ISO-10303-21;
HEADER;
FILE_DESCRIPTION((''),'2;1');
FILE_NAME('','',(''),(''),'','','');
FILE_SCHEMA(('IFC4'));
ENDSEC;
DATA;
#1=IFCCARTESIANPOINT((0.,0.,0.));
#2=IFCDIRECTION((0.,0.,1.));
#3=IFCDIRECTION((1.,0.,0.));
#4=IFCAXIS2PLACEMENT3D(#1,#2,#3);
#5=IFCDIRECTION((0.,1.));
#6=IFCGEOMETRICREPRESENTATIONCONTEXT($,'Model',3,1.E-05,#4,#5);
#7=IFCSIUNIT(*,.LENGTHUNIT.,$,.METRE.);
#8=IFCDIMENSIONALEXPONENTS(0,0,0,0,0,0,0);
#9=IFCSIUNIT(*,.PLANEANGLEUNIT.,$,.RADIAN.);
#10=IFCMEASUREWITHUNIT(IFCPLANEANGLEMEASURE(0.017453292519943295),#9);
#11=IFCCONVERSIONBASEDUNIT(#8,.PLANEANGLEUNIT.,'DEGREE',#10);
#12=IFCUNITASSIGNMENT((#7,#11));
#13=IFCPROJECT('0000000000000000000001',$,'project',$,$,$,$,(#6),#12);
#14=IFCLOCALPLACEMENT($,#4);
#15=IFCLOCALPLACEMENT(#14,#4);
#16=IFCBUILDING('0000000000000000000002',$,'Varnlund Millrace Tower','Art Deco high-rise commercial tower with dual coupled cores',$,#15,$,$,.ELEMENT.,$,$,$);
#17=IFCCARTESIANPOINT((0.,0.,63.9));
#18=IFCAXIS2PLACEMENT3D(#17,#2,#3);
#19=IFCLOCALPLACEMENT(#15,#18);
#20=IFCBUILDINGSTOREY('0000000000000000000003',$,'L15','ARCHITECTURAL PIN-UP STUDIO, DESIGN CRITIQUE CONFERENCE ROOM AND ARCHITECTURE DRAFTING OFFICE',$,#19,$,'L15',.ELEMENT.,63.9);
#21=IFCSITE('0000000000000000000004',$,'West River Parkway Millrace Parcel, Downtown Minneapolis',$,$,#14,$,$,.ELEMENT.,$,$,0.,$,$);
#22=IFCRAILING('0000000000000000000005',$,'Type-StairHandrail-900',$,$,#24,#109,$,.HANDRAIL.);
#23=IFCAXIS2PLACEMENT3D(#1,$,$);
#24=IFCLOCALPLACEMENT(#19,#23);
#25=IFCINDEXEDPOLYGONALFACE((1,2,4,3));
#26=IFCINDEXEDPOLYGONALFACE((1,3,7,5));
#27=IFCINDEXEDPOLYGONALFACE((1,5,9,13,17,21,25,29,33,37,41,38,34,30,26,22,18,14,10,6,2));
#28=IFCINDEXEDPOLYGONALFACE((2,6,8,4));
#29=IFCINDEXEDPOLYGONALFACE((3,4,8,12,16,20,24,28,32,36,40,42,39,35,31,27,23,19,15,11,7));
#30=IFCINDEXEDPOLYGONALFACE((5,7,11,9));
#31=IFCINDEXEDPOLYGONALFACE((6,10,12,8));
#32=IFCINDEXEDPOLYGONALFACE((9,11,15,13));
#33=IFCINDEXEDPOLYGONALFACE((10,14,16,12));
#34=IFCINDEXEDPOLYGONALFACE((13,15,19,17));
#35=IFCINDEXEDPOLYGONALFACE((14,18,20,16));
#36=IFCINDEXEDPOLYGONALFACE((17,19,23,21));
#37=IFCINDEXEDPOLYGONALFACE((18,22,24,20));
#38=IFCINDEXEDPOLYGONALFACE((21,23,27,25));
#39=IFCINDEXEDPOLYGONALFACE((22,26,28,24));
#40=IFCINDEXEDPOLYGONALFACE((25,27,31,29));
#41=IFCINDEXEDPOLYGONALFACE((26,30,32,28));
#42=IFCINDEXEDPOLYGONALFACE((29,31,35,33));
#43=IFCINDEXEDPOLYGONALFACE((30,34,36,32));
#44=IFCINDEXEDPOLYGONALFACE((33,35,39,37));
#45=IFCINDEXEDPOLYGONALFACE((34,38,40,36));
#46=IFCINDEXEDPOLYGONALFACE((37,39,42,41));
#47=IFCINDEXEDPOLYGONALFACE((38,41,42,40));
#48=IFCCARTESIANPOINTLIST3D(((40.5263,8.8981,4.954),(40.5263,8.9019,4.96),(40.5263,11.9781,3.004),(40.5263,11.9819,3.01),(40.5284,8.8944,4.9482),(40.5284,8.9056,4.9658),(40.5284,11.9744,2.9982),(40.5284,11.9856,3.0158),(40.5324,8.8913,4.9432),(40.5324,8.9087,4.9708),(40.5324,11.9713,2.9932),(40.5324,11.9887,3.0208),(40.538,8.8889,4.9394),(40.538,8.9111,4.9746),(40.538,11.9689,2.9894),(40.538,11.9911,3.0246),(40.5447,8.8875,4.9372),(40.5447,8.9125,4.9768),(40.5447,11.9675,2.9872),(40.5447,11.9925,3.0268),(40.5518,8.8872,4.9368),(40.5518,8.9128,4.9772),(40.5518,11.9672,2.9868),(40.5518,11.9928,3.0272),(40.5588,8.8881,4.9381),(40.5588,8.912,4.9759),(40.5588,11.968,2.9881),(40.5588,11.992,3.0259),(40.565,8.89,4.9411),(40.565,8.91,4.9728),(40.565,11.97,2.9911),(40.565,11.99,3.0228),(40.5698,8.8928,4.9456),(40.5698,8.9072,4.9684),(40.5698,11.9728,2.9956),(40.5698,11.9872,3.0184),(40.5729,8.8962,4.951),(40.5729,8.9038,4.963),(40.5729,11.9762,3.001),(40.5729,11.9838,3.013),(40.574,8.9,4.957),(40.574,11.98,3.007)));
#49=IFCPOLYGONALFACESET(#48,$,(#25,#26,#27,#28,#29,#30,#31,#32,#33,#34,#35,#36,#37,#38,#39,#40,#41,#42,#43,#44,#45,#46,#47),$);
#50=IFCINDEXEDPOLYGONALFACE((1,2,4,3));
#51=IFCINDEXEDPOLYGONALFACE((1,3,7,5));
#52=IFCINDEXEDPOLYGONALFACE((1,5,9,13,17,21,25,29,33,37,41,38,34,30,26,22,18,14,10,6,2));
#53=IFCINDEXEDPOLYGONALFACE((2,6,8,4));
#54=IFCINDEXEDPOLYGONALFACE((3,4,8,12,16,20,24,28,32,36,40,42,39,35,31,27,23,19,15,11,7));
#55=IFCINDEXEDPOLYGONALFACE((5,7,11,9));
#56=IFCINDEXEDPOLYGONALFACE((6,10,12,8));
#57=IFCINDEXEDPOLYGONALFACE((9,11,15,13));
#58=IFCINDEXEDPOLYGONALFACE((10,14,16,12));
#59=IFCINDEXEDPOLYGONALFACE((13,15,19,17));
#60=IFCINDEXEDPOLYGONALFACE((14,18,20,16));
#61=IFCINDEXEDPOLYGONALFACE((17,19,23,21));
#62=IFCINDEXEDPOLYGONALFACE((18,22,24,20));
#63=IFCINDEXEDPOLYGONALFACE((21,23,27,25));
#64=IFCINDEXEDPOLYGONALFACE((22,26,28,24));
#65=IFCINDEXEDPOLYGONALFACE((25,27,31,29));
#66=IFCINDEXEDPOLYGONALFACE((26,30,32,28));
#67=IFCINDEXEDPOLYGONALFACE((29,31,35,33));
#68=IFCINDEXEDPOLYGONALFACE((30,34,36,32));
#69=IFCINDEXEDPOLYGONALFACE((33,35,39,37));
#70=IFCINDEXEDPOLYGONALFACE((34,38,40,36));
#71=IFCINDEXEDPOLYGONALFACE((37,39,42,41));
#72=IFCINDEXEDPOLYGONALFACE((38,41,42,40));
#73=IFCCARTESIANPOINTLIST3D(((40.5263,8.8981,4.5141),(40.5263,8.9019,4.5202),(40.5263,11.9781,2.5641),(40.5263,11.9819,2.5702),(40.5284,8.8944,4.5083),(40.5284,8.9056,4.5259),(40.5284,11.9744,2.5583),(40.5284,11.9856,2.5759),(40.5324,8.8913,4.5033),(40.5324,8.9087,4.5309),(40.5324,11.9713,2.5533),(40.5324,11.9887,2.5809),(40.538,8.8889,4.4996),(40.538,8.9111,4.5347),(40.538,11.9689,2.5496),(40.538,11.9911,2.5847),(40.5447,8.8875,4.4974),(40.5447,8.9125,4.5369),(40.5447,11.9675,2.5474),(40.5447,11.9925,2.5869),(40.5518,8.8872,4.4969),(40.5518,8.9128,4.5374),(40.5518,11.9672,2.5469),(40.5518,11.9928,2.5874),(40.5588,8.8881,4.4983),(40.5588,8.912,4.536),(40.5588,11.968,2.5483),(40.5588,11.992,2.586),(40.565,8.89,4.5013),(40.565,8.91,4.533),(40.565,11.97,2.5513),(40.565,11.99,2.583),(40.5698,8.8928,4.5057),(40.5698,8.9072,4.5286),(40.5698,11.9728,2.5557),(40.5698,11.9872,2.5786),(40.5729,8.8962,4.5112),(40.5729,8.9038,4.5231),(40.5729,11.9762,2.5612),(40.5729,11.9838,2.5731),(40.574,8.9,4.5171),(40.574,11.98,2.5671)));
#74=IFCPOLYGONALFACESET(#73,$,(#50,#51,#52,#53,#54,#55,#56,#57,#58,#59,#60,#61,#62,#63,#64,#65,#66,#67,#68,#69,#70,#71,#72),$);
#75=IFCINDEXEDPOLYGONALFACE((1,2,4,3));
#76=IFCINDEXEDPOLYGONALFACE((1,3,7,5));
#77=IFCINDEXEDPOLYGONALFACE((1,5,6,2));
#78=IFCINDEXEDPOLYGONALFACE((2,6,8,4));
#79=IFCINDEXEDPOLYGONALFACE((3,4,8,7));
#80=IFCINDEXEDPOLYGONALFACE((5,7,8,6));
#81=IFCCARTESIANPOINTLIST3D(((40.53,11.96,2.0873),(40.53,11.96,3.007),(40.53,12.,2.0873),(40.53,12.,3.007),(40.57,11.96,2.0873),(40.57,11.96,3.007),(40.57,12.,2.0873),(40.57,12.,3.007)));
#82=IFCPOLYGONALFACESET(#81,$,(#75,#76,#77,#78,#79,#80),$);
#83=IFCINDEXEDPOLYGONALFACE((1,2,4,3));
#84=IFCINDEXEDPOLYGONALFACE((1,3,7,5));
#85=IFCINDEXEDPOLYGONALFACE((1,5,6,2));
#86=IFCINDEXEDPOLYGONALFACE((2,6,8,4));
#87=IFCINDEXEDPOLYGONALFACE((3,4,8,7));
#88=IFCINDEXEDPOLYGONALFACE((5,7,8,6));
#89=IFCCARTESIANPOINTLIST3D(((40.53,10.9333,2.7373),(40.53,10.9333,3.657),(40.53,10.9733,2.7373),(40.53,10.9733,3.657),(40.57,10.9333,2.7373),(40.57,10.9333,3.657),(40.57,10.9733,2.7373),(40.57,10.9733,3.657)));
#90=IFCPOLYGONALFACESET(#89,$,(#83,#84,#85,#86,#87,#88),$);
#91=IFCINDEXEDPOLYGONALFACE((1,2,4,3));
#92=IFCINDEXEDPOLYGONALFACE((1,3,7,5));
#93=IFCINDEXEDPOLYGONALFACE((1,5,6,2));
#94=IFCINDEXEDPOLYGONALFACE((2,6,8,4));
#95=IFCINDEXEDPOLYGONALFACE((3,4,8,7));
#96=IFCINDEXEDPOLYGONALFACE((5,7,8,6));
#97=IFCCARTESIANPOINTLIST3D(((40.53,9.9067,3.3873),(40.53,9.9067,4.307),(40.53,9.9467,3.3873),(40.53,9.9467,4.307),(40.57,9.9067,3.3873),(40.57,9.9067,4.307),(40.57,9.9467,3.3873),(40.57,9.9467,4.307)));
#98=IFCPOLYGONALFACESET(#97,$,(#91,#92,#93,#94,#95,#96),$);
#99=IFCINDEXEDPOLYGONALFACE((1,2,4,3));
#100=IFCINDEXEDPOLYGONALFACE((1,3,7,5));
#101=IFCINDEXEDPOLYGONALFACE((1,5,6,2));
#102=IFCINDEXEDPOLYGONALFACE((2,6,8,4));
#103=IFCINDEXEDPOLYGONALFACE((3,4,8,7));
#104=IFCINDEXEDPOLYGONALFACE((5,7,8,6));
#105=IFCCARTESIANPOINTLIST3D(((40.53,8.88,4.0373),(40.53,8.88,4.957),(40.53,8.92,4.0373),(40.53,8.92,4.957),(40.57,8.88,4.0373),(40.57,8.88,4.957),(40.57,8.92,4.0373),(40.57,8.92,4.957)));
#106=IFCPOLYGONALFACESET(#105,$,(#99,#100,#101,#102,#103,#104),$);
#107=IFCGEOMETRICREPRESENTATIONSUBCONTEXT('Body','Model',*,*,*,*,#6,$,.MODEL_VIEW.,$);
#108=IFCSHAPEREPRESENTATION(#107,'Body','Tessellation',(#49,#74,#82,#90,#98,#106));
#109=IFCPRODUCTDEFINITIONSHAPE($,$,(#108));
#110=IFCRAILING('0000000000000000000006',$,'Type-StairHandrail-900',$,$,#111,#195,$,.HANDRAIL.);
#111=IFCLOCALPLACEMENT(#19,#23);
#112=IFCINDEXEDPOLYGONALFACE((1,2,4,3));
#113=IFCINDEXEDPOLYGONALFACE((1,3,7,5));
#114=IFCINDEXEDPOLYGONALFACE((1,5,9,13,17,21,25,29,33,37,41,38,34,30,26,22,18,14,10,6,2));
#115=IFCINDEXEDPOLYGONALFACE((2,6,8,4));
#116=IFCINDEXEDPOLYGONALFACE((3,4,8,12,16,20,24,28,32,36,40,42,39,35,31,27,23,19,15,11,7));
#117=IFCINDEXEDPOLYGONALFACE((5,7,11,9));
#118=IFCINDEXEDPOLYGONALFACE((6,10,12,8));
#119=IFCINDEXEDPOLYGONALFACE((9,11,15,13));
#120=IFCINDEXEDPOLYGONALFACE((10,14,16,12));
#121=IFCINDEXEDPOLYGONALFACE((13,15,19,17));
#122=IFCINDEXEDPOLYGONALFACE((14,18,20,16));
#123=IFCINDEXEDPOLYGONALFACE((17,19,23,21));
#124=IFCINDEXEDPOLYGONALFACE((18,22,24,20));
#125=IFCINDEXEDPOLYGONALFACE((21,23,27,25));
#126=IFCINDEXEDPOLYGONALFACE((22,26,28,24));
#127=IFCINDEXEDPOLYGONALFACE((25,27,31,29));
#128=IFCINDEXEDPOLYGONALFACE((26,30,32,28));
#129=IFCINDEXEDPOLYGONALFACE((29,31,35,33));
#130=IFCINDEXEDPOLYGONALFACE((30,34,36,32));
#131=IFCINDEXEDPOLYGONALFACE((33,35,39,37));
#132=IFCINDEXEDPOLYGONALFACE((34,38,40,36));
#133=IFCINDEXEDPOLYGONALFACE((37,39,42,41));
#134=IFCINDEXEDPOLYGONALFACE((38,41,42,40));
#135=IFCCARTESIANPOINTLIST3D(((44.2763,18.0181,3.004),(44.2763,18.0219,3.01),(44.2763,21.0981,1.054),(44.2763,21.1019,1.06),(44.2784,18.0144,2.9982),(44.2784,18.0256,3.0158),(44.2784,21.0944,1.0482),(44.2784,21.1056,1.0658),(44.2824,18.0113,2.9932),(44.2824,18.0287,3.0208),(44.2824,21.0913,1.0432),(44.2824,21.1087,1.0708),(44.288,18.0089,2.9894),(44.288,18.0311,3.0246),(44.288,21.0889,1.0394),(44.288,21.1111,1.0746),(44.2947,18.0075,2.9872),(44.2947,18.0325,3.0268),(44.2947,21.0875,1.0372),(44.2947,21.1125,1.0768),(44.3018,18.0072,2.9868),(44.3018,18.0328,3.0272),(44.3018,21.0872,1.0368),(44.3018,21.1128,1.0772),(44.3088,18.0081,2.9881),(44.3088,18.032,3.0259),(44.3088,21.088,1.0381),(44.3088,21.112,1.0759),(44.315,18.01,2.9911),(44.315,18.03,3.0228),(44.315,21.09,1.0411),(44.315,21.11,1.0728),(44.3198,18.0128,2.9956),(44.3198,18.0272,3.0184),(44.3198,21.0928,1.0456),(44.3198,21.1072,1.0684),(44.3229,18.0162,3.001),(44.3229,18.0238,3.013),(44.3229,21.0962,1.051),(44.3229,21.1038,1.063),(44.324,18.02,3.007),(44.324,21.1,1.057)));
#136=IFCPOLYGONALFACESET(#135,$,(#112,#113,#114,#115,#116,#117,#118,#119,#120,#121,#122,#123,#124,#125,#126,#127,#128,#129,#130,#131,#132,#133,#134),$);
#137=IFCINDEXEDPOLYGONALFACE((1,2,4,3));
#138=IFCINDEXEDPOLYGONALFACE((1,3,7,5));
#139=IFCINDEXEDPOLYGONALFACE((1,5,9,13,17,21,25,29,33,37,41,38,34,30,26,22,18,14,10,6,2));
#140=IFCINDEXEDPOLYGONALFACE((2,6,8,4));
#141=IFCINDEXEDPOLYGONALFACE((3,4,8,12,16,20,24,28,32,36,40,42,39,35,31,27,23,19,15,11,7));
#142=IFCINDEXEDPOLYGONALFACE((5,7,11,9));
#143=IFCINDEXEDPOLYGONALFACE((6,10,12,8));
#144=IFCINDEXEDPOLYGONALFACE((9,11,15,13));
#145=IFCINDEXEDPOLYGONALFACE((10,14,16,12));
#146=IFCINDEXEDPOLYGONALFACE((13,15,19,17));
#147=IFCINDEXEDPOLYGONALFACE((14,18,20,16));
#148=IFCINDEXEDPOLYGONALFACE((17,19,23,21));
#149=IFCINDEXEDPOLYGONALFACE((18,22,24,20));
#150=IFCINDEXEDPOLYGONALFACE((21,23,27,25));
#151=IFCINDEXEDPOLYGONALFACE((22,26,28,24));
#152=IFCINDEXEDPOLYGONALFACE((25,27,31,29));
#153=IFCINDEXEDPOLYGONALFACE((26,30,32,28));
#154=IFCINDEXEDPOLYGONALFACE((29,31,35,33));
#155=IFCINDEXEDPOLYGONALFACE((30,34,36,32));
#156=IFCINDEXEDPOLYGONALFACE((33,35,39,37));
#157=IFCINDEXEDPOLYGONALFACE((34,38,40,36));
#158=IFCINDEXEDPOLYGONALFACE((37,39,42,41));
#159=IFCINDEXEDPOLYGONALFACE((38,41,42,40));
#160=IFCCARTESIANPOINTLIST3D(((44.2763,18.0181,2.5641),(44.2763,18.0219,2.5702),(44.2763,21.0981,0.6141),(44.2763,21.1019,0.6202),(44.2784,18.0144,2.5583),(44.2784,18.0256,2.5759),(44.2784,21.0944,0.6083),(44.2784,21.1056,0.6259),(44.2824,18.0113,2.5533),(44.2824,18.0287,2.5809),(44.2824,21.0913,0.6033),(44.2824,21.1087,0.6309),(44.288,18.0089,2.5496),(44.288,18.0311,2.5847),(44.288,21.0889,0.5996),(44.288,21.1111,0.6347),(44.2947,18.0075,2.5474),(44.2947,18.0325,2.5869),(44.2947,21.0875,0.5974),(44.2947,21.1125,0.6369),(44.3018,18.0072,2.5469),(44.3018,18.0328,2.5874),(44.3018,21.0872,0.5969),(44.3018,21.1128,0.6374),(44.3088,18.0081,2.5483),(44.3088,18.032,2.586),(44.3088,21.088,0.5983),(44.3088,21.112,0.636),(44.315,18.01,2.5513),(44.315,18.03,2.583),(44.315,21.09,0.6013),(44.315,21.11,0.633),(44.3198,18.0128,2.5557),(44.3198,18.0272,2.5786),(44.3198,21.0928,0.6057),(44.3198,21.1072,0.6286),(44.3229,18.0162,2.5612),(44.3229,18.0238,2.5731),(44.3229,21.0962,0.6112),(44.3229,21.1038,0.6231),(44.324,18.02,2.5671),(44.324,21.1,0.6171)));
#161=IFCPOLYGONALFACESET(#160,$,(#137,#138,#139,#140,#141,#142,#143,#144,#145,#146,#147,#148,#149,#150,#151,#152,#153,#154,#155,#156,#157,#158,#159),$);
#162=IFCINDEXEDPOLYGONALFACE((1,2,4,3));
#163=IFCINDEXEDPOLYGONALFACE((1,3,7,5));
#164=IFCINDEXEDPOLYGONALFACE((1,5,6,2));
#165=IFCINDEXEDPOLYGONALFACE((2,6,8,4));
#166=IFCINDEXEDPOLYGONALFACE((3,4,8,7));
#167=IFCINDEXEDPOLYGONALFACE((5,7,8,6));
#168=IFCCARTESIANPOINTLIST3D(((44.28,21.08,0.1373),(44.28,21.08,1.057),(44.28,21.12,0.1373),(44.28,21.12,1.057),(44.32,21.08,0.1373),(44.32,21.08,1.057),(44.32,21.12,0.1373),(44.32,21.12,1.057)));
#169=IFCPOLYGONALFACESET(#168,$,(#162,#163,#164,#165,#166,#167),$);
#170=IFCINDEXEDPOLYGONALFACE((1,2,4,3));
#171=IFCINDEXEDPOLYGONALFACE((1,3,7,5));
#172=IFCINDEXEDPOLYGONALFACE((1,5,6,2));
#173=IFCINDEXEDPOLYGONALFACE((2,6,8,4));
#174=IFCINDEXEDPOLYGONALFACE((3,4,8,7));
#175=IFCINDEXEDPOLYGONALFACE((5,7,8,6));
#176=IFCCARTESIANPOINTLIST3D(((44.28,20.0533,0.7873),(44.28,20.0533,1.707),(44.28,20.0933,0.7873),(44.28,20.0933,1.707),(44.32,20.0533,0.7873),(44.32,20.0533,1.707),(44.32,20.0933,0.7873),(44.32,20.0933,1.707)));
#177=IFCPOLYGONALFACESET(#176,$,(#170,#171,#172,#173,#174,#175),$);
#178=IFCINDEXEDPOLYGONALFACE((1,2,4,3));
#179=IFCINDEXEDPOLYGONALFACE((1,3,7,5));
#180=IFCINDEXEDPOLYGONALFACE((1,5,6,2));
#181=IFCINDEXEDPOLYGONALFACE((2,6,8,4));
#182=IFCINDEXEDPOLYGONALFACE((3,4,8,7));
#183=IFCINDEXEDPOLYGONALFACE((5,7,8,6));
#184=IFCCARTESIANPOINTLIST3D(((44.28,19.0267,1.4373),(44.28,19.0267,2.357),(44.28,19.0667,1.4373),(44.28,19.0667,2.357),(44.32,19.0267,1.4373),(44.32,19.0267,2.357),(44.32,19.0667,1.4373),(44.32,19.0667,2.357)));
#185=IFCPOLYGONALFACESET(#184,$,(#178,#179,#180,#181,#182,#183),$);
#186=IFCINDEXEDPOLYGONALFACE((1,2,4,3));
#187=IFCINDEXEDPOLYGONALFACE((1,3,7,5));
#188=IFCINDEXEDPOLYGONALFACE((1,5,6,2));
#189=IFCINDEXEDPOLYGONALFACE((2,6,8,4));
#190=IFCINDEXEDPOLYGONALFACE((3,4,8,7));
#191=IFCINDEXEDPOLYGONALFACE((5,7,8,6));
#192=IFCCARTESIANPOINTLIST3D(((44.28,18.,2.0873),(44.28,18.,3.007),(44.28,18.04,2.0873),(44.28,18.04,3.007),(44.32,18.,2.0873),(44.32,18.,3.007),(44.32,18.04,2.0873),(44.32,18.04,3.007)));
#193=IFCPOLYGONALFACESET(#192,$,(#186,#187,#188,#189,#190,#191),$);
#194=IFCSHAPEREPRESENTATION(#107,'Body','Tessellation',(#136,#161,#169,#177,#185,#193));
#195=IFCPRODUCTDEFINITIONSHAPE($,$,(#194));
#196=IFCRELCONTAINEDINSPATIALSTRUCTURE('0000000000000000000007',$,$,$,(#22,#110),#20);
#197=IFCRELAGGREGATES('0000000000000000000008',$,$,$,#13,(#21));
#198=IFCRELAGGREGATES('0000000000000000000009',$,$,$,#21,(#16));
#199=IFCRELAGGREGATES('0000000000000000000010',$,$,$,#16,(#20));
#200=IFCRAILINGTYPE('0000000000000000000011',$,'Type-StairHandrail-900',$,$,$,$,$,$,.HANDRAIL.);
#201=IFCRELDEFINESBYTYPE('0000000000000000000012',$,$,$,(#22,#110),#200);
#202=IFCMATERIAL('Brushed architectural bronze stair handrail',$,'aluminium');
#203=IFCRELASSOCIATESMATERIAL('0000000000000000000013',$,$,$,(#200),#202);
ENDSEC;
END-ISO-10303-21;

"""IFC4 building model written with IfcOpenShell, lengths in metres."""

from ifc_helpers import new_model, entity, si_unit, converted_unit, direction, frame, origin_with_axes, origin_2d_with_axis, place, context, subcontext, project, spatial, rectangle, circle, extrude, material, type_object, element, save


model = new_model("IFC4")

# Units and contexts
model_context = context("Model", 3, precision=1e-05, world=origin_with_axes(), true_north=direction((0.0, 1.0)))
body_context = subcontext(model_context, "Body", "Model", "MODEL_VIEW")
ifc_project = project(units=[si_unit("LENGTHUNIT", "METRE"), converted_unit("PLANEANGLEUNIT", "DEGREE", entity("IfcPlaneAngleMeasure", 0.017453292519943295), si_unit("PLANEANGLEUNIT", "RADIAN"), dimensions=[0, 0, 0, 0, 0, 0, 0])], contexts=[model_context])

# Site, building, storey
site_placement = place(None, origin_with_axes())
site = spatial("IfcSite", under=ifc_project, at=site_placement, Name="West River Parkway Millrace Parcel, Downtown Minneapolis", CompositionType="ELEMENT", RefElevation=0.0)
building_placement = place(site_placement, origin_with_axes())
building = spatial("IfcBuilding", under=site, at=building_placement, Name="Varnlund Millrace Tower", Description="Art Deco high-rise commercial tower with dual coupled cores", CompositionType="ELEMENT")
storey_placement = place(building_placement, frame((0.0, 0.0, 63.9), z_axis=(0.0, 0.0, 1.0), x_axis=(1.0, 0.0, 0.0)))
storey = spatial("IfcBuildingStorey", under=building, at=storey_placement, Name="L15", Description="ARCHITECTURAL PIN-UP STUDIO, DESIGN CRITIQUE CONFERENCE ROOM AND ARCHITECTURE DRAFTING OFFICE", LongName="L15", CompositionType="ELEMENT", Elevation=63.9)

# Railings
ifc_material_1 = material(Name="Brushed architectural bronze stair handrail", Category="aluminium")
railing_type_1 = type_object("IfcRailingType", Name="Type-StairHandrail-900", PredefinedType="HANDRAIL", material=ifc_material_1)
railing_1_placement = place(storey_placement, frame((0.0, 0.0, -63.9), z_axis=(0.0, 0.0, 1.0), x_axis=(1.0, 0.0, 0.0)))
element("IfcRailing", 1, at=railing_1_placement, inside=storey, type_object=railing_type_1, Name="Type-StairHandrail-900", PredefinedType="HANDRAIL", context=body_context, shape_type="SweptSolid", body=[
    extrude(circle(Radius=0.024, at=origin_2d_with_axis()), frame((40.55, 11.98, 66.907), z_axis=(0.0, -0.844902, 0.534922), x_axis=(1.0, 0.0, 0.0)), (0.0, 0.0, 1.0), 3.6454),
    extrude(circle(Radius=0.024, at=origin_2d_with_axis()), frame((40.55, 11.98, 66.4671), z_axis=(0.0, -0.844902, 0.534922), x_axis=(1.0, 0.0, 0.0)), (0.0, 0.0, 1.0), 3.6454),
    extrude(rectangle(XDim=0.04, YDim=0.04, at=origin_2d_with_axis()), frame((40.55, 11.98, 65.9873), z_axis=(0.0, 0.0, 1.0), x_axis=(1.0, 0.0, 0.0)), (0.0, 0.0, 1.0), 0.9197),
    extrude(rectangle(XDim=0.04, YDim=0.04, at=origin_2d_with_axis()), frame((40.55, 10.9533, 66.6373), z_axis=(0.0, 0.0, 1.0), x_axis=(1.0, 0.0, 0.0)), (0.0, 0.0, 1.0), 0.9197),
    extrude(rectangle(XDim=0.04, YDim=0.04, at=origin_2d_with_axis()), frame((40.55, 9.9267, 67.2873), z_axis=(0.0, 0.0, 1.0), x_axis=(1.0, 0.0, 0.0)), (0.0, 0.0, 1.0), 0.9197),
    extrude(rectangle(XDim=0.04, YDim=0.04, at=origin_2d_with_axis()), frame((40.55, 8.9, 67.9373), z_axis=(0.0, 0.0, 1.0), x_axis=(1.0, 0.0, 0.0)), (0.0, 0.0, 1.0), 0.9197),
])
railing_2_placement = place(storey_placement, frame((0.0, 0.0, -63.9), z_axis=(0.0, 0.0, 1.0), x_axis=(1.0, 0.0, 0.0)))
element("IfcRailing", 2, at=railing_2_placement, inside=storey, type_object=railing_type_1, Name="Type-StairHandrail-900", PredefinedType="HANDRAIL", context=body_context, shape_type="SweptSolid", body=[
    extrude(circle(Radius=0.024, at=origin_2d_with_axis()), frame((44.3, 21.1, 64.957), z_axis=(0.0, -0.844902, 0.534922), x_axis=(1.0, 0.0, 0.0)), (0.0, 0.0, 1.0), 3.6454),
    extrude(circle(Radius=0.024, at=origin_2d_with_axis()), frame((44.3, 21.1, 64.5171), z_axis=(0.0, -0.844902, 0.534922), x_axis=(1.0, 0.0, 0.0)), (0.0, 0.0, 1.0), 3.6454),
    extrude(rectangle(XDim=0.04, YDim=0.04, at=origin_2d_with_axis()), frame((44.3, 21.1, 64.0373), z_axis=(0.0, 0.0, 1.0), x_axis=(1.0, 0.0, 0.0)), (0.0, 0.0, 1.0), 0.9197),
    extrude(rectangle(XDim=0.04, YDim=0.04, at=origin_2d_with_axis()), frame((44.3, 20.0733, 64.6873), z_axis=(0.0, 0.0, 1.0), x_axis=(1.0, 0.0, 0.0)), (0.0, 0.0, 1.0), 0.9197),
    extrude(rectangle(XDim=0.04, YDim=0.04, at=origin_2d_with_axis()), frame((44.3, 19.0467, 65.3373), z_axis=(0.0, 0.0, 1.0), x_axis=(1.0, 0.0, 0.0)), (0.0, 0.0, 1.0), 0.9197),
    extrude(rectangle(XDim=0.04, YDim=0.04, at=origin_2d_with_axis()), frame((44.3, 18.02, 65.9873), z_axis=(0.0, 0.0, 1.0), x_axis=(1.0, 0.0, 0.0)), (0.0, 0.0, 1.0), 0.9197),
])

save(model, "model.ifc")
